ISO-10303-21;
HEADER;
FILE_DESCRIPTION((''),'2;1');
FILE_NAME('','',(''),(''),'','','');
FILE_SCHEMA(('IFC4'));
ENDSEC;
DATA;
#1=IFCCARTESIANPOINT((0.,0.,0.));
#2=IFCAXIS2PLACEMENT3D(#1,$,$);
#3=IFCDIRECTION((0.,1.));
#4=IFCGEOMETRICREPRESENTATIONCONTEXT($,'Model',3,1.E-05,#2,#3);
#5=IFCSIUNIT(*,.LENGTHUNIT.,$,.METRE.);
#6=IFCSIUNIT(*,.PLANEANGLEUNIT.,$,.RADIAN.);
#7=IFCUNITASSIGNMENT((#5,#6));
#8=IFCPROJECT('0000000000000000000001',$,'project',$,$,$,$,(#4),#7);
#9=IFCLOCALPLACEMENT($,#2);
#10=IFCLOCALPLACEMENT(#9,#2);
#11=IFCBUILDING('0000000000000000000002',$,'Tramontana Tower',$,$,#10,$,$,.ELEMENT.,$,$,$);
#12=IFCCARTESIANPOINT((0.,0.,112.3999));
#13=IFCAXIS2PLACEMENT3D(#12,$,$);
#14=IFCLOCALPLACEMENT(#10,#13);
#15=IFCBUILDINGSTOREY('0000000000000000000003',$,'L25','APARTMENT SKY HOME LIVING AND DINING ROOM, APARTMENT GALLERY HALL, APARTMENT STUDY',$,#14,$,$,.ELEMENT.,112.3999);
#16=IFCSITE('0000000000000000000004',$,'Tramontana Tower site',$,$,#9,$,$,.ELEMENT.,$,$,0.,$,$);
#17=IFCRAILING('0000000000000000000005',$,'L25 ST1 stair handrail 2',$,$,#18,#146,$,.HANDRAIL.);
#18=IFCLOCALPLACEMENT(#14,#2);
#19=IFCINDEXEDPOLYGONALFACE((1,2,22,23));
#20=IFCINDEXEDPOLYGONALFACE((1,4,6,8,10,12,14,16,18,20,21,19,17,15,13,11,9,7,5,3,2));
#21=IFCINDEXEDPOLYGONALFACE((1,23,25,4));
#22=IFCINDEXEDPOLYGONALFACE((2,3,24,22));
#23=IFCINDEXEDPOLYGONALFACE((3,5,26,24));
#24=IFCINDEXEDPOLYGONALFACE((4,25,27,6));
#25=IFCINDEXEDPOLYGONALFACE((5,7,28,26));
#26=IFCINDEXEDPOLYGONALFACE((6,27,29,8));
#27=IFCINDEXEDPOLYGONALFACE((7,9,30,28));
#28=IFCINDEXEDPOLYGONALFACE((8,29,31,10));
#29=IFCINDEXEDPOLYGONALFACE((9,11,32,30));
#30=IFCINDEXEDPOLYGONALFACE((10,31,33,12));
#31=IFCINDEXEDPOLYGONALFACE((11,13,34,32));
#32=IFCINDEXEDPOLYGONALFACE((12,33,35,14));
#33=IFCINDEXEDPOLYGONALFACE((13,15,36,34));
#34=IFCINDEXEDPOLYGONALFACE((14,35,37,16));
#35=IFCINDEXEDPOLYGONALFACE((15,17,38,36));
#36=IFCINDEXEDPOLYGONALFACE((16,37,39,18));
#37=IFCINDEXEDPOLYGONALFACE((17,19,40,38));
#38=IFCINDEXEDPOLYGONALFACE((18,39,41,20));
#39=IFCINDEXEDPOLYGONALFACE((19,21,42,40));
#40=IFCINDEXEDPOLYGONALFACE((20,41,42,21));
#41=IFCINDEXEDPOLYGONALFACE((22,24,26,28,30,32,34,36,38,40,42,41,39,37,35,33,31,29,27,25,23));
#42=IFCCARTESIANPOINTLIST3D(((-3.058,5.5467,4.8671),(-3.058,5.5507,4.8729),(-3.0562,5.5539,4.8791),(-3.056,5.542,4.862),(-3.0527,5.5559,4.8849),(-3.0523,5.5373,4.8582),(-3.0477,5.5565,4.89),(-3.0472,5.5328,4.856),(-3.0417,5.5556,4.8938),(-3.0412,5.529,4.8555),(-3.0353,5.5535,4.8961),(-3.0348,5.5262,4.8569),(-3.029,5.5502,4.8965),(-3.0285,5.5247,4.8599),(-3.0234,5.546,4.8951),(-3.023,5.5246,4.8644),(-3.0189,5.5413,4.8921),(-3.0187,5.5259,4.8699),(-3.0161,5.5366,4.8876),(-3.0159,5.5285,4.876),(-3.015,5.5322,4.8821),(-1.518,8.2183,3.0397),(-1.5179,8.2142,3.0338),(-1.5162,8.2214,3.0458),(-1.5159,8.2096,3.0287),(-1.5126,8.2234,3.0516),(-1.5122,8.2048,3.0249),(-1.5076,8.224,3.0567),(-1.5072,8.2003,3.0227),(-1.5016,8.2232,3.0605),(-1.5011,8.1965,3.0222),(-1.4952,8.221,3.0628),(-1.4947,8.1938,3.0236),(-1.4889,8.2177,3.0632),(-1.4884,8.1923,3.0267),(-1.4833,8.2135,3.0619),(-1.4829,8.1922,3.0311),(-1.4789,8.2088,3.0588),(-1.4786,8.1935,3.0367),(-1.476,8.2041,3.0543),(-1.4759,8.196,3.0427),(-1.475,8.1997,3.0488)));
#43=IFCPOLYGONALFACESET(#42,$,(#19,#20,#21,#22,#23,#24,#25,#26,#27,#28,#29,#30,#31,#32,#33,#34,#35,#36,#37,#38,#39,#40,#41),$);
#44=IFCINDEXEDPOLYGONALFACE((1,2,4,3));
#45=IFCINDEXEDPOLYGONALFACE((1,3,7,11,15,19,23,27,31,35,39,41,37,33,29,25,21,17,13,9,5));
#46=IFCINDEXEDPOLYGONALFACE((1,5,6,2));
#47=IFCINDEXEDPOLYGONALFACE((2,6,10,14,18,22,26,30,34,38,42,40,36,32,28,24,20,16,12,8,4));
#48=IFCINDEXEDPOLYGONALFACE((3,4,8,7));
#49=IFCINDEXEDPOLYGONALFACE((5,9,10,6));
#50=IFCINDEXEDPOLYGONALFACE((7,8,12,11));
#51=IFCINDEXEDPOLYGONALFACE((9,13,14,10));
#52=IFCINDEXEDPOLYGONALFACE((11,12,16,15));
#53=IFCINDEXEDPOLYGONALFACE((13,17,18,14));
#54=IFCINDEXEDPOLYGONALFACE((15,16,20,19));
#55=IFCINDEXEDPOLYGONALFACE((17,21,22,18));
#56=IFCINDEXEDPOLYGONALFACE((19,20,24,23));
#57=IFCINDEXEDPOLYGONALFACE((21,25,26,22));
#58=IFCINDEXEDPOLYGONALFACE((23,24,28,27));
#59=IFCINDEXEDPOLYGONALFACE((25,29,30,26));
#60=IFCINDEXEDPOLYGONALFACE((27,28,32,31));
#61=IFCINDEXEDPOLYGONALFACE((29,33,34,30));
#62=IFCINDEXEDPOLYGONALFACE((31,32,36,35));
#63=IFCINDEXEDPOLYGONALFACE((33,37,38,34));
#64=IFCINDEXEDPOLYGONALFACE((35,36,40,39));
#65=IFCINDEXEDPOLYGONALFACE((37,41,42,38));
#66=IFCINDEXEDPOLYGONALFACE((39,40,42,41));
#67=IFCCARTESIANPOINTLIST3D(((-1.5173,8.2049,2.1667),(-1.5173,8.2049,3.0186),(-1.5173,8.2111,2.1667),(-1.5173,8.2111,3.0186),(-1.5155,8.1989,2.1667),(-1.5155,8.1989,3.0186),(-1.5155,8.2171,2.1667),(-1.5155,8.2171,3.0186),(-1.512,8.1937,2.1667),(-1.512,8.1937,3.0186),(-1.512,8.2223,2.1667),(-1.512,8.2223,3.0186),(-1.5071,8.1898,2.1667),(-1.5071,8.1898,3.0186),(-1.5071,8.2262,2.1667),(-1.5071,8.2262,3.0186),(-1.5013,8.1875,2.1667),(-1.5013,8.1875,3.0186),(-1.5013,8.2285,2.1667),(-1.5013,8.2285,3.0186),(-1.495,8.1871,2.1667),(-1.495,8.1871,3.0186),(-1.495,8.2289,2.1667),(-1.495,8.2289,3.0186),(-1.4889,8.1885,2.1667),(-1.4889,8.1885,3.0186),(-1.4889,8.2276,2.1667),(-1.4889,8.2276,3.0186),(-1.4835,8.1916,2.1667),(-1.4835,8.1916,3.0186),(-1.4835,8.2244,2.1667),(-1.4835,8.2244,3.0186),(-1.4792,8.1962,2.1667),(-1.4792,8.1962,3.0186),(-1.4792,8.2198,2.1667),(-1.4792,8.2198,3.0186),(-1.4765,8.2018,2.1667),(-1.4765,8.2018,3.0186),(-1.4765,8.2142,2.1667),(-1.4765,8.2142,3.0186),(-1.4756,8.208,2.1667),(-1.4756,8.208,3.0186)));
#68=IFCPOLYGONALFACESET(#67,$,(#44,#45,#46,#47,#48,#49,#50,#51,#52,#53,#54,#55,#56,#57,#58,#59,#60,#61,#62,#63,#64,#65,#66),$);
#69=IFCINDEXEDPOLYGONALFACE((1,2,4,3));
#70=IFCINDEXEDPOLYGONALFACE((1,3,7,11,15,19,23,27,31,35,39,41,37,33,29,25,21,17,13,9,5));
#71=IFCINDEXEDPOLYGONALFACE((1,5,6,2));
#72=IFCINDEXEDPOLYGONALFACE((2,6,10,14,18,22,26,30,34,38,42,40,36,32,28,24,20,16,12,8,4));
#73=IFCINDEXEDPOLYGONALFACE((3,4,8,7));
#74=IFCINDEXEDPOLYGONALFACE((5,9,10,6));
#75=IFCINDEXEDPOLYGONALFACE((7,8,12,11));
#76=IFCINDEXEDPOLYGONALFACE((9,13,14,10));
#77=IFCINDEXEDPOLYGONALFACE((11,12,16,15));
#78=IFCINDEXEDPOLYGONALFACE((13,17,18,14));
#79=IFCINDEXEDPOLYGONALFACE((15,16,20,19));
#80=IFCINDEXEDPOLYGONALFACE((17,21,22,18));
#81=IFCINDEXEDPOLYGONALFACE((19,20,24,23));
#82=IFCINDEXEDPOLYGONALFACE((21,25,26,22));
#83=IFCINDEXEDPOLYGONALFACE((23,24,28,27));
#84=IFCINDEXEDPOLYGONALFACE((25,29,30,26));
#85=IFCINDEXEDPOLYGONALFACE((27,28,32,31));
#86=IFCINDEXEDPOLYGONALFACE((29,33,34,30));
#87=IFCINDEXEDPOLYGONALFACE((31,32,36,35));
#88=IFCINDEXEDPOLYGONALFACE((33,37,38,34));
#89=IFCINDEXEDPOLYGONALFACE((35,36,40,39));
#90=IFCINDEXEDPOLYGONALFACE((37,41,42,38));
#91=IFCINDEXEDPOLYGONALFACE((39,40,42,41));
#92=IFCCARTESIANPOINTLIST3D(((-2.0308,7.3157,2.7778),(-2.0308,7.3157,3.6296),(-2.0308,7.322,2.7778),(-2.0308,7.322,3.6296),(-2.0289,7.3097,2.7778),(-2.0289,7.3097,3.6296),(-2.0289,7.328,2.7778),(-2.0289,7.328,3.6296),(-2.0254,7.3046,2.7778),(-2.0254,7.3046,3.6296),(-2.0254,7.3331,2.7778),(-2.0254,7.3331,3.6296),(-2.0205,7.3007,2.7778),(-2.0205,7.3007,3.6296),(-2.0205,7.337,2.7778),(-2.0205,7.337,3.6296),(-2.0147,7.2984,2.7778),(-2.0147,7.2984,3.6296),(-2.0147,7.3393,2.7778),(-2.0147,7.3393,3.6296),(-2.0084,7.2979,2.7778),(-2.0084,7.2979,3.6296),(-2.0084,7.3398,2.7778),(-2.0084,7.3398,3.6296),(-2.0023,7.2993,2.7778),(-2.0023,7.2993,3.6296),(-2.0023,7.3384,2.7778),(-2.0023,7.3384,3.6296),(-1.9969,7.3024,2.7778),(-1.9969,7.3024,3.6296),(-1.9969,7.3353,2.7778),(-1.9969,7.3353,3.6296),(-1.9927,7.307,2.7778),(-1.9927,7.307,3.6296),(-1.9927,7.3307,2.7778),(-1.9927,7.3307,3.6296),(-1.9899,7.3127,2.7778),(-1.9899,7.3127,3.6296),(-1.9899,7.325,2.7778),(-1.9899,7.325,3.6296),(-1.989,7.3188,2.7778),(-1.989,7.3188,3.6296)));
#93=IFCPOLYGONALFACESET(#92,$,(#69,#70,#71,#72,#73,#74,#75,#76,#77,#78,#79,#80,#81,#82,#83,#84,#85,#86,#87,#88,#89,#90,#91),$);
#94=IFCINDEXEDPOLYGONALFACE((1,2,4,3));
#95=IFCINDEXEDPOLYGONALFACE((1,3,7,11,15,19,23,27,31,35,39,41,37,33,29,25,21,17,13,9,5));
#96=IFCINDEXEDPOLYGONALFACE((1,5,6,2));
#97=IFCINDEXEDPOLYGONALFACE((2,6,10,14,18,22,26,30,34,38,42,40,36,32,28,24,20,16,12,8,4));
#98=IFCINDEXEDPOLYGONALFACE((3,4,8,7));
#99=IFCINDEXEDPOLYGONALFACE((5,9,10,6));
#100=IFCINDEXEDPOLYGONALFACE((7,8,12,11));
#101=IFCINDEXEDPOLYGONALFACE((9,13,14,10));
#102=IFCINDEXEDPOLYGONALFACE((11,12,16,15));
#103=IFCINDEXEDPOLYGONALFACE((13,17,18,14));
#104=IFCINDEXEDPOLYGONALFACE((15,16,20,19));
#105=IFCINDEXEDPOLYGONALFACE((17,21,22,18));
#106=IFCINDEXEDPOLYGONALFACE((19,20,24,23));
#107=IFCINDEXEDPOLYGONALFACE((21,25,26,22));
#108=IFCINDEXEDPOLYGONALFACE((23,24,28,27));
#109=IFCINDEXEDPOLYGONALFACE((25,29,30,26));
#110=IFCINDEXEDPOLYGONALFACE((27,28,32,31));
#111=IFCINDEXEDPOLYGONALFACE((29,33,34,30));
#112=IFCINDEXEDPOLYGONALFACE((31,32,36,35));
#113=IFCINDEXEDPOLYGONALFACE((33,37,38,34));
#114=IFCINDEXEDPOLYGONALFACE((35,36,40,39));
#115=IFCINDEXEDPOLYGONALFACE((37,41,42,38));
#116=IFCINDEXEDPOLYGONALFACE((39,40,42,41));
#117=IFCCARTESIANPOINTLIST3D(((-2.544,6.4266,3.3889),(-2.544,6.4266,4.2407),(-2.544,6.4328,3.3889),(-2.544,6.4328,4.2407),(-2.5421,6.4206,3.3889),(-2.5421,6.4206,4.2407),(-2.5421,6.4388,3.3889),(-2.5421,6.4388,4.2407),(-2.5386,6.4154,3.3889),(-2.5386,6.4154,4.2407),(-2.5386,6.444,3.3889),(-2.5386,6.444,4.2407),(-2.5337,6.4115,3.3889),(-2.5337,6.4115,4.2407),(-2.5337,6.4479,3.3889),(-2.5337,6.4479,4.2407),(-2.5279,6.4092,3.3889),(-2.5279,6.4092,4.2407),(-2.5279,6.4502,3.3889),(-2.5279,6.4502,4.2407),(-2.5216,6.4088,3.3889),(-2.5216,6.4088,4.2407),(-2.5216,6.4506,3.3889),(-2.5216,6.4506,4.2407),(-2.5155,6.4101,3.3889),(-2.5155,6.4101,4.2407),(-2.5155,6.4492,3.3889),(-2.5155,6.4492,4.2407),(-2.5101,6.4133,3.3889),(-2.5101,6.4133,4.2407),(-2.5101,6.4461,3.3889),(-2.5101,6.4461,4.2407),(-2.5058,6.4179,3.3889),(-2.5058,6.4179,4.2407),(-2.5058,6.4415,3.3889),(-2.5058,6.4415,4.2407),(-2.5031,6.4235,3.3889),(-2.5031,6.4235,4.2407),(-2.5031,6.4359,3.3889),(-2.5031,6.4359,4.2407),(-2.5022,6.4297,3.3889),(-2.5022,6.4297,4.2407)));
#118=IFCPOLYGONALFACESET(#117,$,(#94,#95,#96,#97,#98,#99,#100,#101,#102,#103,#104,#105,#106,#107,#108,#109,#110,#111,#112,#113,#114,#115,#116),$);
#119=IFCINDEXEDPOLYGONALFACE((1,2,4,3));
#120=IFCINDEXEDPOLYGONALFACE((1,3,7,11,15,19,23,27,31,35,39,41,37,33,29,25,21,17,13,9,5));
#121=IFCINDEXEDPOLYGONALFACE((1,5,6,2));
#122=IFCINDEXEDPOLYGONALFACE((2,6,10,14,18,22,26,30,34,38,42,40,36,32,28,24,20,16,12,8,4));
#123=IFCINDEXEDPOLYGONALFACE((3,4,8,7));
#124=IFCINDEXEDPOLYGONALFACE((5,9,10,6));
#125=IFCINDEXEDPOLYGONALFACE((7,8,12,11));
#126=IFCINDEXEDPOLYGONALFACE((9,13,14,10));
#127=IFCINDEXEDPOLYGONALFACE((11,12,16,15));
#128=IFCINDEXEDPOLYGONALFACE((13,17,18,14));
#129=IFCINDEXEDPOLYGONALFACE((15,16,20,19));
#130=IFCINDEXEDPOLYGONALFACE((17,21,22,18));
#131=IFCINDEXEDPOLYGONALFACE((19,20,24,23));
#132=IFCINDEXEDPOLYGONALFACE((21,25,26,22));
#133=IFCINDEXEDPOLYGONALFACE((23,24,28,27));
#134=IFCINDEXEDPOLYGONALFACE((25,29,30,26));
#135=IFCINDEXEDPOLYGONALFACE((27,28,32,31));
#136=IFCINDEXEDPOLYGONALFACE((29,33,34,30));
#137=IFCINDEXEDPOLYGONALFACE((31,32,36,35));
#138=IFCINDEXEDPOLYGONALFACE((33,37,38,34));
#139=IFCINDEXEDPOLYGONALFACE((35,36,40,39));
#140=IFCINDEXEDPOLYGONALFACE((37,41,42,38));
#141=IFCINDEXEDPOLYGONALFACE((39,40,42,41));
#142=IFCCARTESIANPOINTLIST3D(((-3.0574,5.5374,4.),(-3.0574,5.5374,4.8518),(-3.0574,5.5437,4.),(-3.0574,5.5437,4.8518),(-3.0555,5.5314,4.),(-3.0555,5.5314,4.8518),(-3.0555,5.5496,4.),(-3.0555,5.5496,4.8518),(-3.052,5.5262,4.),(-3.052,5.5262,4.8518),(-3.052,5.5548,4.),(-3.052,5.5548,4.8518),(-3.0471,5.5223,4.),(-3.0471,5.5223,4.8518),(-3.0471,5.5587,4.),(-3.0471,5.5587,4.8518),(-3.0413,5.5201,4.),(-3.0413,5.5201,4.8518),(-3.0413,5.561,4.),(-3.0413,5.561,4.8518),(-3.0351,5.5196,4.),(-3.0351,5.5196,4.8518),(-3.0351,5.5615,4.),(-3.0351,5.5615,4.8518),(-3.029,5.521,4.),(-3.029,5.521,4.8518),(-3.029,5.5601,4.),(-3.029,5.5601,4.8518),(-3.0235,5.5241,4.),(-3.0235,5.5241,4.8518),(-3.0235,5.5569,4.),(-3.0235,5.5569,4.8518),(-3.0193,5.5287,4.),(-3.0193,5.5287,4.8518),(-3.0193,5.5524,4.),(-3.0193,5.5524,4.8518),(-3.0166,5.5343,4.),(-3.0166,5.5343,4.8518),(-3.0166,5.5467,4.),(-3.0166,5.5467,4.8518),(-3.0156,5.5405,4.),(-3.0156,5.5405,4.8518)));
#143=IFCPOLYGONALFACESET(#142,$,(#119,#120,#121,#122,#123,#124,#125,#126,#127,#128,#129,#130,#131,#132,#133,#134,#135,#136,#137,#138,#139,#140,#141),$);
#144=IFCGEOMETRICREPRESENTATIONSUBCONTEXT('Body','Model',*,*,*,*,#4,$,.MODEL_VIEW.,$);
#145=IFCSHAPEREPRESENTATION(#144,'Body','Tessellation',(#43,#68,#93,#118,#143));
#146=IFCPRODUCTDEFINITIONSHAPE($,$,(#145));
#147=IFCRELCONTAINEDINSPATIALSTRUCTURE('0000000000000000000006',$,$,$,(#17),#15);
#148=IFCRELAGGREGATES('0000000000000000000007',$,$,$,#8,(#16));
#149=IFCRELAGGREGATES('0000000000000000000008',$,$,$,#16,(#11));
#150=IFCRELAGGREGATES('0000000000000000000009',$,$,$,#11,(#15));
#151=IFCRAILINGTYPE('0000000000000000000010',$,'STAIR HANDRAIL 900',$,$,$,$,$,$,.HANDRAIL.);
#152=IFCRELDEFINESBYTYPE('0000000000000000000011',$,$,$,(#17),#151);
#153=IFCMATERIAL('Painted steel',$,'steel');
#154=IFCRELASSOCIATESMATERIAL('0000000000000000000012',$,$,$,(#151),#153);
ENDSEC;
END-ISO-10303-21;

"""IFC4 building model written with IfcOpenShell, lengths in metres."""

from ifc_helpers import new_model, si_unit, direction, frame, origin, origin_2d, place, context, subcontext, project, spatial, circle, extrude, material, type_object, element, save


model = new_model("IFC4")

# Units and contexts
model_context = context("Model", 3, precision=1e-05, world=origin(), true_north=direction((0.0, 1.0)))
body_context = subcontext(model_context, "Body", "Model", "MODEL_VIEW")
ifc_project = project(units=[si_unit("LENGTHUNIT", "METRE"), si_unit("PLANEANGLEUNIT", "RADIAN")], contexts=[model_context])

# Site, building, storey
site_placement = place(None, origin())
site = spatial("IfcSite", under=ifc_project, at=site_placement, Name="Tramontana Tower site", CompositionType="ELEMENT", RefElevation=0.0)
building_placement = place(site_placement, origin())
building = spatial("IfcBuilding", under=site, at=building_placement, Name="Tramontana Tower", CompositionType="ELEMENT")
storey_placement = place(building_placement, frame((0.0, 0.0, 112.3999)))
storey = spatial("IfcBuildingStorey", under=building, at=storey_placement, Name="L25", Description="APARTMENT SKY HOME LIVING AND DINING ROOM, APARTMENT GALLERY HALL, APARTMENT STUDY", CompositionType="ELEMENT", Elevation=112.3999)

# Railing
ifc_material_1 = material(Name="Painted steel", Category="steel")
railing_type_1 = type_object("IfcRailingType", Name="STAIR HANDRAIL 900", PredefinedType="HANDRAIL", material=ifc_material_1)
railing_1_placement = place(storey_placement, frame((-1.4966, 8.208, 2.1667)))
element("IfcRailing", 1, at=railing_1_placement, inside=storey, type_object=railing_type_1, Name="L25 ST1 stair handrail 2", PredefinedType="HANDRAIL", context=body_context, shape_type="SweptSolid", body=[
    extrude(circle(Radius=0.0239, at=origin_2d()), frame((0.0, 0.0, 0.876), z_axis=(-0.429649, -0.74419, 0.511452), x_axis=(0.86603, -0.499992, 0.0)), (0.0, 0.0, 1.0), 3.5845),
    extrude(circle(Radius=0.021, at=origin_2d()), origin(), (0.0, 0.0, 1.0), 0.8518),
    extrude(circle(Radius=0.021, at=origin_2d()), frame((-0.5134, -0.8892, 0.6111)), (0.0, 0.0, 1.0), 0.8518),
    extrude(circle(Radius=0.021, at=origin_2d()), frame((-1.0266, -1.7783, 1.2222)), (0.0, 0.0, 1.0), 0.8518),
    extrude(circle(Radius=0.021, at=origin_2d()), frame((-1.54, -2.6675, 1.8333)), (0.0, 0.0, 1.0), 0.8518),
])

save(model, "model.ifc")
